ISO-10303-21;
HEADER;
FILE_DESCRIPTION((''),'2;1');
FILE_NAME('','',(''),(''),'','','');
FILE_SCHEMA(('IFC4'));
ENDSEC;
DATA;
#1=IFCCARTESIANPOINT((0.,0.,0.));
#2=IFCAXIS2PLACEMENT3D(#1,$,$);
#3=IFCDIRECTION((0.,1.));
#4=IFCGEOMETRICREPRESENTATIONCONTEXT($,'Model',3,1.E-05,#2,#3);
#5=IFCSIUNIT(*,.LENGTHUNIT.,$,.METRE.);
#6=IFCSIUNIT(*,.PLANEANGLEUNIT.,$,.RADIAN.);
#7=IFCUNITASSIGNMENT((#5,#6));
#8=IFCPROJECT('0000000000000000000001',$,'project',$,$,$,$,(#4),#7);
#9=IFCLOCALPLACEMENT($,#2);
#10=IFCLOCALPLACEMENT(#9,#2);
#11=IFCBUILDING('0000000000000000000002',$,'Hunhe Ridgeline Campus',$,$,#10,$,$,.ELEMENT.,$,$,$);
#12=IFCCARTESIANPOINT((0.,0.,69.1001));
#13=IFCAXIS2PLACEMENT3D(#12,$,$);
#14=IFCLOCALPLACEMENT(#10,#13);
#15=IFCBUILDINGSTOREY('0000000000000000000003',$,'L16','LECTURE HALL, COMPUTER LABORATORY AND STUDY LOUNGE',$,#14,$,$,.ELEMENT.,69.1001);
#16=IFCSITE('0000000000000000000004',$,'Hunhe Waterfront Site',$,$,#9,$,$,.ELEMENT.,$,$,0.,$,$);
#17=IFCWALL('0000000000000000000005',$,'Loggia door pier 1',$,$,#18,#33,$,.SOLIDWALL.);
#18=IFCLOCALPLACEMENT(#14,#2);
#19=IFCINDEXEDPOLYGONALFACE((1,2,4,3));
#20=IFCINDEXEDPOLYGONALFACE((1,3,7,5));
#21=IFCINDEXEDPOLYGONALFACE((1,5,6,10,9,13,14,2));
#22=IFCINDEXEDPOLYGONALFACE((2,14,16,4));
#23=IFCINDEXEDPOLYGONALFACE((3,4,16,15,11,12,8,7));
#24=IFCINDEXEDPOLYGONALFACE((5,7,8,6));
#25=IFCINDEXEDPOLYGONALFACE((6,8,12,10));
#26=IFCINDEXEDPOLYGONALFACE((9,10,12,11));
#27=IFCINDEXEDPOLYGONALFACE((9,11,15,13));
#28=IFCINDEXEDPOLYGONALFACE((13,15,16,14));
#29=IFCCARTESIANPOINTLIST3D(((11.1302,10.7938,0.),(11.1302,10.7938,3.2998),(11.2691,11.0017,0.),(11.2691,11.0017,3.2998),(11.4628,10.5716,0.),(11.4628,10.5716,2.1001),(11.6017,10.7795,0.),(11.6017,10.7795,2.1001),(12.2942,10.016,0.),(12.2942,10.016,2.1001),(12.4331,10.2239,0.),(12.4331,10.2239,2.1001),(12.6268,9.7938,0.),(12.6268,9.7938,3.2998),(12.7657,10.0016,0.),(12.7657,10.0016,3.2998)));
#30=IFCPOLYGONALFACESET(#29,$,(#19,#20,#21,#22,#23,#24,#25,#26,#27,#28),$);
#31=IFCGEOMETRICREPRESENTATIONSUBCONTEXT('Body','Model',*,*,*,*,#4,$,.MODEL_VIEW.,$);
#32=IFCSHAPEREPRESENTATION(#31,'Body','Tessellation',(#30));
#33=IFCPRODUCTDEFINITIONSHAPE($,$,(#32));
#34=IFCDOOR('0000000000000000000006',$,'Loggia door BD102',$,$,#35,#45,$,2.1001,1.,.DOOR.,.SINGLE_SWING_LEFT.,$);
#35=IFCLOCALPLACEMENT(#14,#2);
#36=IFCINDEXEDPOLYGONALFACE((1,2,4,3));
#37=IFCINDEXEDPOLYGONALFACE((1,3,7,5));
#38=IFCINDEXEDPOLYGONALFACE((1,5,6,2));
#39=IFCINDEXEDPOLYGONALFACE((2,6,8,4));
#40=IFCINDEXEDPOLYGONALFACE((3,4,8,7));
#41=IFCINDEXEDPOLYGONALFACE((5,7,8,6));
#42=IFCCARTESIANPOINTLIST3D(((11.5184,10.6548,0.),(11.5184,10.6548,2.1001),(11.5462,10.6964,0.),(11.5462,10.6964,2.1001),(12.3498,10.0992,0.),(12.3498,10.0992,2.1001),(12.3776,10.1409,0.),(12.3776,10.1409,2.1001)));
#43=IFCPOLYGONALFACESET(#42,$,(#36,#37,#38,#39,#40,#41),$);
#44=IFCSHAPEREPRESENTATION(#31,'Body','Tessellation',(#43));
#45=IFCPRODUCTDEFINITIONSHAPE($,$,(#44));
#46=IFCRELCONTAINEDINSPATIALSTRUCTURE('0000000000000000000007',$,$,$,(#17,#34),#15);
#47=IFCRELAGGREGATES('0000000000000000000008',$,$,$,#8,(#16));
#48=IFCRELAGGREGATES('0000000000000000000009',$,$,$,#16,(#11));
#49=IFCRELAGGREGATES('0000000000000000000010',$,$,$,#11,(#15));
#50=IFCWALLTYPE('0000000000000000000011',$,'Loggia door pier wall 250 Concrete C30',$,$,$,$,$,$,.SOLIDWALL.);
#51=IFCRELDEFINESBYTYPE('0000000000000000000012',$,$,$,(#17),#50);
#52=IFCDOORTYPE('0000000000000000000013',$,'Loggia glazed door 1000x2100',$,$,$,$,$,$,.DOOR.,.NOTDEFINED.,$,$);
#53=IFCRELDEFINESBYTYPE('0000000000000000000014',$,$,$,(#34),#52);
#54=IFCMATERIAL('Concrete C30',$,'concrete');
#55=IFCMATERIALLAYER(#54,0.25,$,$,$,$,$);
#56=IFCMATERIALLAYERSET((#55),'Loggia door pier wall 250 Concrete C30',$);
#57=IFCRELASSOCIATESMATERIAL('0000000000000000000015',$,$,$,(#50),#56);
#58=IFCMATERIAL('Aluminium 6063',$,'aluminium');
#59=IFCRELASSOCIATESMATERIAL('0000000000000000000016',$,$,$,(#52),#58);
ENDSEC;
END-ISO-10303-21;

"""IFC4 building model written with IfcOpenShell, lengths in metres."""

from ifc_helpers import new_model, si_unit, direction, frame, frame_2d, origin, place, context, subcontext, project, spatial, rectangle, extrude, material, layer, layer_set, type_object, element, fill, save


model = new_model("IFC4")

# Units and contexts
model_context = context("Model", 3, precision=1e-05, world=origin(), true_north=direction((0.0, 1.0)))
body_context = subcontext(model_context, "Body", "Model", "MODEL_VIEW")
ifc_project = project(units=[si_unit("LENGTHUNIT", "METRE"), si_unit("PLANEANGLEUNIT", "RADIAN")], contexts=[model_context])

# Site, building, storey
site_placement = place(None, origin())
site = spatial("IfcSite", under=ifc_project, at=site_placement, Name="Hunhe Waterfront Site", CompositionType="ELEMENT", RefElevation=0.0)
building_placement = place(site_placement, origin())
building = spatial("IfcBuilding", under=site, at=building_placement, Name="Hunhe Ridgeline Campus", CompositionType="ELEMENT")
storey_placement = place(building_placement, frame((0.0, 0.0, 69.1001)))
storey = spatial("IfcBuildingStorey", under=building, at=storey_placement, Name="L16", Description="LECTURE HALL, COMPUTER LABORATORY AND STUDY LOUNGE", CompositionType="ELEMENT", Elevation=69.1001)

# Shared definitions
ifc_material_1 = material(Name="Aluminium 6063", Category="aluminium")

# Wall, opening, door
ifc_material_2 = material(Name="Concrete C30", Category="concrete")
ifc_layer_1 = layer(ifc_material_2, 0.25)
ifc_layer_set_1 = layer_set([ifc_layer_1], Name="Loggia door pier wall 250 Concrete C30")
wall_type_1 = type_object("IfcWallType", Name="Loggia door pier wall 250 Concrete C30", PredefinedType="SOLIDWALL", material=ifc_layer_set_1)
wall_1_placement = place(storey_placement, frame((11.1997, 10.8977, 0.0), z_axis=(0.0, 0.0, 1.0), x_axis=(0.831466, -0.555576, 0.0)))
wall_1 = element("IfcWall", 1, at=wall_1_placement, inside=storey, type_object=wall_type_1, Name="Loggia door pier 1", PredefinedType="SOLIDWALL", context=body_context, shape_type="SweptSolid", body=[
    extrude(rectangle(XDim=1.8, YDim=0.25, at=frame_2d((0.8999, 0.0))), origin(), (0.0, 0.0, 1.0), 3.2998),
])
opening_1_placement = place(wall_1_placement, frame((0.3999, 0.0, 0.0)))
opening_1 = element("IfcOpeningElement", 2, at=opening_1_placement, cuts=wall_1, PredefinedType="OPENING", context=body_context, shape_type="SweptSolid", body=[
    extrude(rectangle(XDim=1.0, YDim=2.1001, at=frame_2d((0.5, 1.05))), frame((0.0, 0.125, 0.0), z_axis=(0.0, -1.0, 0.0), x_axis=(1.0, 0.0, 0.0)), (0.0, 0.0, 1.0), 0.25),
])
door_type_1 = type_object("IfcDoorType", Name="Loggia glazed door 1000x2100", OperationType="NOTDEFINED", PredefinedType="DOOR", material=ifc_material_1)
door_1_placement = place(opening_1_placement, frame((1.0, 0.0, 0.0), z_axis=(0.0, 0.0, 1.0), x_axis=(-1.0, 0.0, 0.0)))
door_1 = element("IfcDoor", 3, at=door_1_placement, inside=storey, type_object=door_type_1, Name="Loggia door BD102", OperationType="SINGLE_SWING_LEFT", OverallHeight=2.1001, OverallWidth=1.0, PredefinedType="DOOR", context=body_context, shape_type="SweptSolid", body=[
    extrude(rectangle(XDim=1.0, YDim=2.1001, at=frame_2d((0.5, 1.05))), frame((0.0, 0.0249, 0.0), z_axis=(0.0, -1.0, 0.0), x_axis=(1.0, 0.0, 0.0)), (0.0, 0.0, 1.0), 0.05),
])
fill(opening_1, door_1)

save(model, "model.ifc")
